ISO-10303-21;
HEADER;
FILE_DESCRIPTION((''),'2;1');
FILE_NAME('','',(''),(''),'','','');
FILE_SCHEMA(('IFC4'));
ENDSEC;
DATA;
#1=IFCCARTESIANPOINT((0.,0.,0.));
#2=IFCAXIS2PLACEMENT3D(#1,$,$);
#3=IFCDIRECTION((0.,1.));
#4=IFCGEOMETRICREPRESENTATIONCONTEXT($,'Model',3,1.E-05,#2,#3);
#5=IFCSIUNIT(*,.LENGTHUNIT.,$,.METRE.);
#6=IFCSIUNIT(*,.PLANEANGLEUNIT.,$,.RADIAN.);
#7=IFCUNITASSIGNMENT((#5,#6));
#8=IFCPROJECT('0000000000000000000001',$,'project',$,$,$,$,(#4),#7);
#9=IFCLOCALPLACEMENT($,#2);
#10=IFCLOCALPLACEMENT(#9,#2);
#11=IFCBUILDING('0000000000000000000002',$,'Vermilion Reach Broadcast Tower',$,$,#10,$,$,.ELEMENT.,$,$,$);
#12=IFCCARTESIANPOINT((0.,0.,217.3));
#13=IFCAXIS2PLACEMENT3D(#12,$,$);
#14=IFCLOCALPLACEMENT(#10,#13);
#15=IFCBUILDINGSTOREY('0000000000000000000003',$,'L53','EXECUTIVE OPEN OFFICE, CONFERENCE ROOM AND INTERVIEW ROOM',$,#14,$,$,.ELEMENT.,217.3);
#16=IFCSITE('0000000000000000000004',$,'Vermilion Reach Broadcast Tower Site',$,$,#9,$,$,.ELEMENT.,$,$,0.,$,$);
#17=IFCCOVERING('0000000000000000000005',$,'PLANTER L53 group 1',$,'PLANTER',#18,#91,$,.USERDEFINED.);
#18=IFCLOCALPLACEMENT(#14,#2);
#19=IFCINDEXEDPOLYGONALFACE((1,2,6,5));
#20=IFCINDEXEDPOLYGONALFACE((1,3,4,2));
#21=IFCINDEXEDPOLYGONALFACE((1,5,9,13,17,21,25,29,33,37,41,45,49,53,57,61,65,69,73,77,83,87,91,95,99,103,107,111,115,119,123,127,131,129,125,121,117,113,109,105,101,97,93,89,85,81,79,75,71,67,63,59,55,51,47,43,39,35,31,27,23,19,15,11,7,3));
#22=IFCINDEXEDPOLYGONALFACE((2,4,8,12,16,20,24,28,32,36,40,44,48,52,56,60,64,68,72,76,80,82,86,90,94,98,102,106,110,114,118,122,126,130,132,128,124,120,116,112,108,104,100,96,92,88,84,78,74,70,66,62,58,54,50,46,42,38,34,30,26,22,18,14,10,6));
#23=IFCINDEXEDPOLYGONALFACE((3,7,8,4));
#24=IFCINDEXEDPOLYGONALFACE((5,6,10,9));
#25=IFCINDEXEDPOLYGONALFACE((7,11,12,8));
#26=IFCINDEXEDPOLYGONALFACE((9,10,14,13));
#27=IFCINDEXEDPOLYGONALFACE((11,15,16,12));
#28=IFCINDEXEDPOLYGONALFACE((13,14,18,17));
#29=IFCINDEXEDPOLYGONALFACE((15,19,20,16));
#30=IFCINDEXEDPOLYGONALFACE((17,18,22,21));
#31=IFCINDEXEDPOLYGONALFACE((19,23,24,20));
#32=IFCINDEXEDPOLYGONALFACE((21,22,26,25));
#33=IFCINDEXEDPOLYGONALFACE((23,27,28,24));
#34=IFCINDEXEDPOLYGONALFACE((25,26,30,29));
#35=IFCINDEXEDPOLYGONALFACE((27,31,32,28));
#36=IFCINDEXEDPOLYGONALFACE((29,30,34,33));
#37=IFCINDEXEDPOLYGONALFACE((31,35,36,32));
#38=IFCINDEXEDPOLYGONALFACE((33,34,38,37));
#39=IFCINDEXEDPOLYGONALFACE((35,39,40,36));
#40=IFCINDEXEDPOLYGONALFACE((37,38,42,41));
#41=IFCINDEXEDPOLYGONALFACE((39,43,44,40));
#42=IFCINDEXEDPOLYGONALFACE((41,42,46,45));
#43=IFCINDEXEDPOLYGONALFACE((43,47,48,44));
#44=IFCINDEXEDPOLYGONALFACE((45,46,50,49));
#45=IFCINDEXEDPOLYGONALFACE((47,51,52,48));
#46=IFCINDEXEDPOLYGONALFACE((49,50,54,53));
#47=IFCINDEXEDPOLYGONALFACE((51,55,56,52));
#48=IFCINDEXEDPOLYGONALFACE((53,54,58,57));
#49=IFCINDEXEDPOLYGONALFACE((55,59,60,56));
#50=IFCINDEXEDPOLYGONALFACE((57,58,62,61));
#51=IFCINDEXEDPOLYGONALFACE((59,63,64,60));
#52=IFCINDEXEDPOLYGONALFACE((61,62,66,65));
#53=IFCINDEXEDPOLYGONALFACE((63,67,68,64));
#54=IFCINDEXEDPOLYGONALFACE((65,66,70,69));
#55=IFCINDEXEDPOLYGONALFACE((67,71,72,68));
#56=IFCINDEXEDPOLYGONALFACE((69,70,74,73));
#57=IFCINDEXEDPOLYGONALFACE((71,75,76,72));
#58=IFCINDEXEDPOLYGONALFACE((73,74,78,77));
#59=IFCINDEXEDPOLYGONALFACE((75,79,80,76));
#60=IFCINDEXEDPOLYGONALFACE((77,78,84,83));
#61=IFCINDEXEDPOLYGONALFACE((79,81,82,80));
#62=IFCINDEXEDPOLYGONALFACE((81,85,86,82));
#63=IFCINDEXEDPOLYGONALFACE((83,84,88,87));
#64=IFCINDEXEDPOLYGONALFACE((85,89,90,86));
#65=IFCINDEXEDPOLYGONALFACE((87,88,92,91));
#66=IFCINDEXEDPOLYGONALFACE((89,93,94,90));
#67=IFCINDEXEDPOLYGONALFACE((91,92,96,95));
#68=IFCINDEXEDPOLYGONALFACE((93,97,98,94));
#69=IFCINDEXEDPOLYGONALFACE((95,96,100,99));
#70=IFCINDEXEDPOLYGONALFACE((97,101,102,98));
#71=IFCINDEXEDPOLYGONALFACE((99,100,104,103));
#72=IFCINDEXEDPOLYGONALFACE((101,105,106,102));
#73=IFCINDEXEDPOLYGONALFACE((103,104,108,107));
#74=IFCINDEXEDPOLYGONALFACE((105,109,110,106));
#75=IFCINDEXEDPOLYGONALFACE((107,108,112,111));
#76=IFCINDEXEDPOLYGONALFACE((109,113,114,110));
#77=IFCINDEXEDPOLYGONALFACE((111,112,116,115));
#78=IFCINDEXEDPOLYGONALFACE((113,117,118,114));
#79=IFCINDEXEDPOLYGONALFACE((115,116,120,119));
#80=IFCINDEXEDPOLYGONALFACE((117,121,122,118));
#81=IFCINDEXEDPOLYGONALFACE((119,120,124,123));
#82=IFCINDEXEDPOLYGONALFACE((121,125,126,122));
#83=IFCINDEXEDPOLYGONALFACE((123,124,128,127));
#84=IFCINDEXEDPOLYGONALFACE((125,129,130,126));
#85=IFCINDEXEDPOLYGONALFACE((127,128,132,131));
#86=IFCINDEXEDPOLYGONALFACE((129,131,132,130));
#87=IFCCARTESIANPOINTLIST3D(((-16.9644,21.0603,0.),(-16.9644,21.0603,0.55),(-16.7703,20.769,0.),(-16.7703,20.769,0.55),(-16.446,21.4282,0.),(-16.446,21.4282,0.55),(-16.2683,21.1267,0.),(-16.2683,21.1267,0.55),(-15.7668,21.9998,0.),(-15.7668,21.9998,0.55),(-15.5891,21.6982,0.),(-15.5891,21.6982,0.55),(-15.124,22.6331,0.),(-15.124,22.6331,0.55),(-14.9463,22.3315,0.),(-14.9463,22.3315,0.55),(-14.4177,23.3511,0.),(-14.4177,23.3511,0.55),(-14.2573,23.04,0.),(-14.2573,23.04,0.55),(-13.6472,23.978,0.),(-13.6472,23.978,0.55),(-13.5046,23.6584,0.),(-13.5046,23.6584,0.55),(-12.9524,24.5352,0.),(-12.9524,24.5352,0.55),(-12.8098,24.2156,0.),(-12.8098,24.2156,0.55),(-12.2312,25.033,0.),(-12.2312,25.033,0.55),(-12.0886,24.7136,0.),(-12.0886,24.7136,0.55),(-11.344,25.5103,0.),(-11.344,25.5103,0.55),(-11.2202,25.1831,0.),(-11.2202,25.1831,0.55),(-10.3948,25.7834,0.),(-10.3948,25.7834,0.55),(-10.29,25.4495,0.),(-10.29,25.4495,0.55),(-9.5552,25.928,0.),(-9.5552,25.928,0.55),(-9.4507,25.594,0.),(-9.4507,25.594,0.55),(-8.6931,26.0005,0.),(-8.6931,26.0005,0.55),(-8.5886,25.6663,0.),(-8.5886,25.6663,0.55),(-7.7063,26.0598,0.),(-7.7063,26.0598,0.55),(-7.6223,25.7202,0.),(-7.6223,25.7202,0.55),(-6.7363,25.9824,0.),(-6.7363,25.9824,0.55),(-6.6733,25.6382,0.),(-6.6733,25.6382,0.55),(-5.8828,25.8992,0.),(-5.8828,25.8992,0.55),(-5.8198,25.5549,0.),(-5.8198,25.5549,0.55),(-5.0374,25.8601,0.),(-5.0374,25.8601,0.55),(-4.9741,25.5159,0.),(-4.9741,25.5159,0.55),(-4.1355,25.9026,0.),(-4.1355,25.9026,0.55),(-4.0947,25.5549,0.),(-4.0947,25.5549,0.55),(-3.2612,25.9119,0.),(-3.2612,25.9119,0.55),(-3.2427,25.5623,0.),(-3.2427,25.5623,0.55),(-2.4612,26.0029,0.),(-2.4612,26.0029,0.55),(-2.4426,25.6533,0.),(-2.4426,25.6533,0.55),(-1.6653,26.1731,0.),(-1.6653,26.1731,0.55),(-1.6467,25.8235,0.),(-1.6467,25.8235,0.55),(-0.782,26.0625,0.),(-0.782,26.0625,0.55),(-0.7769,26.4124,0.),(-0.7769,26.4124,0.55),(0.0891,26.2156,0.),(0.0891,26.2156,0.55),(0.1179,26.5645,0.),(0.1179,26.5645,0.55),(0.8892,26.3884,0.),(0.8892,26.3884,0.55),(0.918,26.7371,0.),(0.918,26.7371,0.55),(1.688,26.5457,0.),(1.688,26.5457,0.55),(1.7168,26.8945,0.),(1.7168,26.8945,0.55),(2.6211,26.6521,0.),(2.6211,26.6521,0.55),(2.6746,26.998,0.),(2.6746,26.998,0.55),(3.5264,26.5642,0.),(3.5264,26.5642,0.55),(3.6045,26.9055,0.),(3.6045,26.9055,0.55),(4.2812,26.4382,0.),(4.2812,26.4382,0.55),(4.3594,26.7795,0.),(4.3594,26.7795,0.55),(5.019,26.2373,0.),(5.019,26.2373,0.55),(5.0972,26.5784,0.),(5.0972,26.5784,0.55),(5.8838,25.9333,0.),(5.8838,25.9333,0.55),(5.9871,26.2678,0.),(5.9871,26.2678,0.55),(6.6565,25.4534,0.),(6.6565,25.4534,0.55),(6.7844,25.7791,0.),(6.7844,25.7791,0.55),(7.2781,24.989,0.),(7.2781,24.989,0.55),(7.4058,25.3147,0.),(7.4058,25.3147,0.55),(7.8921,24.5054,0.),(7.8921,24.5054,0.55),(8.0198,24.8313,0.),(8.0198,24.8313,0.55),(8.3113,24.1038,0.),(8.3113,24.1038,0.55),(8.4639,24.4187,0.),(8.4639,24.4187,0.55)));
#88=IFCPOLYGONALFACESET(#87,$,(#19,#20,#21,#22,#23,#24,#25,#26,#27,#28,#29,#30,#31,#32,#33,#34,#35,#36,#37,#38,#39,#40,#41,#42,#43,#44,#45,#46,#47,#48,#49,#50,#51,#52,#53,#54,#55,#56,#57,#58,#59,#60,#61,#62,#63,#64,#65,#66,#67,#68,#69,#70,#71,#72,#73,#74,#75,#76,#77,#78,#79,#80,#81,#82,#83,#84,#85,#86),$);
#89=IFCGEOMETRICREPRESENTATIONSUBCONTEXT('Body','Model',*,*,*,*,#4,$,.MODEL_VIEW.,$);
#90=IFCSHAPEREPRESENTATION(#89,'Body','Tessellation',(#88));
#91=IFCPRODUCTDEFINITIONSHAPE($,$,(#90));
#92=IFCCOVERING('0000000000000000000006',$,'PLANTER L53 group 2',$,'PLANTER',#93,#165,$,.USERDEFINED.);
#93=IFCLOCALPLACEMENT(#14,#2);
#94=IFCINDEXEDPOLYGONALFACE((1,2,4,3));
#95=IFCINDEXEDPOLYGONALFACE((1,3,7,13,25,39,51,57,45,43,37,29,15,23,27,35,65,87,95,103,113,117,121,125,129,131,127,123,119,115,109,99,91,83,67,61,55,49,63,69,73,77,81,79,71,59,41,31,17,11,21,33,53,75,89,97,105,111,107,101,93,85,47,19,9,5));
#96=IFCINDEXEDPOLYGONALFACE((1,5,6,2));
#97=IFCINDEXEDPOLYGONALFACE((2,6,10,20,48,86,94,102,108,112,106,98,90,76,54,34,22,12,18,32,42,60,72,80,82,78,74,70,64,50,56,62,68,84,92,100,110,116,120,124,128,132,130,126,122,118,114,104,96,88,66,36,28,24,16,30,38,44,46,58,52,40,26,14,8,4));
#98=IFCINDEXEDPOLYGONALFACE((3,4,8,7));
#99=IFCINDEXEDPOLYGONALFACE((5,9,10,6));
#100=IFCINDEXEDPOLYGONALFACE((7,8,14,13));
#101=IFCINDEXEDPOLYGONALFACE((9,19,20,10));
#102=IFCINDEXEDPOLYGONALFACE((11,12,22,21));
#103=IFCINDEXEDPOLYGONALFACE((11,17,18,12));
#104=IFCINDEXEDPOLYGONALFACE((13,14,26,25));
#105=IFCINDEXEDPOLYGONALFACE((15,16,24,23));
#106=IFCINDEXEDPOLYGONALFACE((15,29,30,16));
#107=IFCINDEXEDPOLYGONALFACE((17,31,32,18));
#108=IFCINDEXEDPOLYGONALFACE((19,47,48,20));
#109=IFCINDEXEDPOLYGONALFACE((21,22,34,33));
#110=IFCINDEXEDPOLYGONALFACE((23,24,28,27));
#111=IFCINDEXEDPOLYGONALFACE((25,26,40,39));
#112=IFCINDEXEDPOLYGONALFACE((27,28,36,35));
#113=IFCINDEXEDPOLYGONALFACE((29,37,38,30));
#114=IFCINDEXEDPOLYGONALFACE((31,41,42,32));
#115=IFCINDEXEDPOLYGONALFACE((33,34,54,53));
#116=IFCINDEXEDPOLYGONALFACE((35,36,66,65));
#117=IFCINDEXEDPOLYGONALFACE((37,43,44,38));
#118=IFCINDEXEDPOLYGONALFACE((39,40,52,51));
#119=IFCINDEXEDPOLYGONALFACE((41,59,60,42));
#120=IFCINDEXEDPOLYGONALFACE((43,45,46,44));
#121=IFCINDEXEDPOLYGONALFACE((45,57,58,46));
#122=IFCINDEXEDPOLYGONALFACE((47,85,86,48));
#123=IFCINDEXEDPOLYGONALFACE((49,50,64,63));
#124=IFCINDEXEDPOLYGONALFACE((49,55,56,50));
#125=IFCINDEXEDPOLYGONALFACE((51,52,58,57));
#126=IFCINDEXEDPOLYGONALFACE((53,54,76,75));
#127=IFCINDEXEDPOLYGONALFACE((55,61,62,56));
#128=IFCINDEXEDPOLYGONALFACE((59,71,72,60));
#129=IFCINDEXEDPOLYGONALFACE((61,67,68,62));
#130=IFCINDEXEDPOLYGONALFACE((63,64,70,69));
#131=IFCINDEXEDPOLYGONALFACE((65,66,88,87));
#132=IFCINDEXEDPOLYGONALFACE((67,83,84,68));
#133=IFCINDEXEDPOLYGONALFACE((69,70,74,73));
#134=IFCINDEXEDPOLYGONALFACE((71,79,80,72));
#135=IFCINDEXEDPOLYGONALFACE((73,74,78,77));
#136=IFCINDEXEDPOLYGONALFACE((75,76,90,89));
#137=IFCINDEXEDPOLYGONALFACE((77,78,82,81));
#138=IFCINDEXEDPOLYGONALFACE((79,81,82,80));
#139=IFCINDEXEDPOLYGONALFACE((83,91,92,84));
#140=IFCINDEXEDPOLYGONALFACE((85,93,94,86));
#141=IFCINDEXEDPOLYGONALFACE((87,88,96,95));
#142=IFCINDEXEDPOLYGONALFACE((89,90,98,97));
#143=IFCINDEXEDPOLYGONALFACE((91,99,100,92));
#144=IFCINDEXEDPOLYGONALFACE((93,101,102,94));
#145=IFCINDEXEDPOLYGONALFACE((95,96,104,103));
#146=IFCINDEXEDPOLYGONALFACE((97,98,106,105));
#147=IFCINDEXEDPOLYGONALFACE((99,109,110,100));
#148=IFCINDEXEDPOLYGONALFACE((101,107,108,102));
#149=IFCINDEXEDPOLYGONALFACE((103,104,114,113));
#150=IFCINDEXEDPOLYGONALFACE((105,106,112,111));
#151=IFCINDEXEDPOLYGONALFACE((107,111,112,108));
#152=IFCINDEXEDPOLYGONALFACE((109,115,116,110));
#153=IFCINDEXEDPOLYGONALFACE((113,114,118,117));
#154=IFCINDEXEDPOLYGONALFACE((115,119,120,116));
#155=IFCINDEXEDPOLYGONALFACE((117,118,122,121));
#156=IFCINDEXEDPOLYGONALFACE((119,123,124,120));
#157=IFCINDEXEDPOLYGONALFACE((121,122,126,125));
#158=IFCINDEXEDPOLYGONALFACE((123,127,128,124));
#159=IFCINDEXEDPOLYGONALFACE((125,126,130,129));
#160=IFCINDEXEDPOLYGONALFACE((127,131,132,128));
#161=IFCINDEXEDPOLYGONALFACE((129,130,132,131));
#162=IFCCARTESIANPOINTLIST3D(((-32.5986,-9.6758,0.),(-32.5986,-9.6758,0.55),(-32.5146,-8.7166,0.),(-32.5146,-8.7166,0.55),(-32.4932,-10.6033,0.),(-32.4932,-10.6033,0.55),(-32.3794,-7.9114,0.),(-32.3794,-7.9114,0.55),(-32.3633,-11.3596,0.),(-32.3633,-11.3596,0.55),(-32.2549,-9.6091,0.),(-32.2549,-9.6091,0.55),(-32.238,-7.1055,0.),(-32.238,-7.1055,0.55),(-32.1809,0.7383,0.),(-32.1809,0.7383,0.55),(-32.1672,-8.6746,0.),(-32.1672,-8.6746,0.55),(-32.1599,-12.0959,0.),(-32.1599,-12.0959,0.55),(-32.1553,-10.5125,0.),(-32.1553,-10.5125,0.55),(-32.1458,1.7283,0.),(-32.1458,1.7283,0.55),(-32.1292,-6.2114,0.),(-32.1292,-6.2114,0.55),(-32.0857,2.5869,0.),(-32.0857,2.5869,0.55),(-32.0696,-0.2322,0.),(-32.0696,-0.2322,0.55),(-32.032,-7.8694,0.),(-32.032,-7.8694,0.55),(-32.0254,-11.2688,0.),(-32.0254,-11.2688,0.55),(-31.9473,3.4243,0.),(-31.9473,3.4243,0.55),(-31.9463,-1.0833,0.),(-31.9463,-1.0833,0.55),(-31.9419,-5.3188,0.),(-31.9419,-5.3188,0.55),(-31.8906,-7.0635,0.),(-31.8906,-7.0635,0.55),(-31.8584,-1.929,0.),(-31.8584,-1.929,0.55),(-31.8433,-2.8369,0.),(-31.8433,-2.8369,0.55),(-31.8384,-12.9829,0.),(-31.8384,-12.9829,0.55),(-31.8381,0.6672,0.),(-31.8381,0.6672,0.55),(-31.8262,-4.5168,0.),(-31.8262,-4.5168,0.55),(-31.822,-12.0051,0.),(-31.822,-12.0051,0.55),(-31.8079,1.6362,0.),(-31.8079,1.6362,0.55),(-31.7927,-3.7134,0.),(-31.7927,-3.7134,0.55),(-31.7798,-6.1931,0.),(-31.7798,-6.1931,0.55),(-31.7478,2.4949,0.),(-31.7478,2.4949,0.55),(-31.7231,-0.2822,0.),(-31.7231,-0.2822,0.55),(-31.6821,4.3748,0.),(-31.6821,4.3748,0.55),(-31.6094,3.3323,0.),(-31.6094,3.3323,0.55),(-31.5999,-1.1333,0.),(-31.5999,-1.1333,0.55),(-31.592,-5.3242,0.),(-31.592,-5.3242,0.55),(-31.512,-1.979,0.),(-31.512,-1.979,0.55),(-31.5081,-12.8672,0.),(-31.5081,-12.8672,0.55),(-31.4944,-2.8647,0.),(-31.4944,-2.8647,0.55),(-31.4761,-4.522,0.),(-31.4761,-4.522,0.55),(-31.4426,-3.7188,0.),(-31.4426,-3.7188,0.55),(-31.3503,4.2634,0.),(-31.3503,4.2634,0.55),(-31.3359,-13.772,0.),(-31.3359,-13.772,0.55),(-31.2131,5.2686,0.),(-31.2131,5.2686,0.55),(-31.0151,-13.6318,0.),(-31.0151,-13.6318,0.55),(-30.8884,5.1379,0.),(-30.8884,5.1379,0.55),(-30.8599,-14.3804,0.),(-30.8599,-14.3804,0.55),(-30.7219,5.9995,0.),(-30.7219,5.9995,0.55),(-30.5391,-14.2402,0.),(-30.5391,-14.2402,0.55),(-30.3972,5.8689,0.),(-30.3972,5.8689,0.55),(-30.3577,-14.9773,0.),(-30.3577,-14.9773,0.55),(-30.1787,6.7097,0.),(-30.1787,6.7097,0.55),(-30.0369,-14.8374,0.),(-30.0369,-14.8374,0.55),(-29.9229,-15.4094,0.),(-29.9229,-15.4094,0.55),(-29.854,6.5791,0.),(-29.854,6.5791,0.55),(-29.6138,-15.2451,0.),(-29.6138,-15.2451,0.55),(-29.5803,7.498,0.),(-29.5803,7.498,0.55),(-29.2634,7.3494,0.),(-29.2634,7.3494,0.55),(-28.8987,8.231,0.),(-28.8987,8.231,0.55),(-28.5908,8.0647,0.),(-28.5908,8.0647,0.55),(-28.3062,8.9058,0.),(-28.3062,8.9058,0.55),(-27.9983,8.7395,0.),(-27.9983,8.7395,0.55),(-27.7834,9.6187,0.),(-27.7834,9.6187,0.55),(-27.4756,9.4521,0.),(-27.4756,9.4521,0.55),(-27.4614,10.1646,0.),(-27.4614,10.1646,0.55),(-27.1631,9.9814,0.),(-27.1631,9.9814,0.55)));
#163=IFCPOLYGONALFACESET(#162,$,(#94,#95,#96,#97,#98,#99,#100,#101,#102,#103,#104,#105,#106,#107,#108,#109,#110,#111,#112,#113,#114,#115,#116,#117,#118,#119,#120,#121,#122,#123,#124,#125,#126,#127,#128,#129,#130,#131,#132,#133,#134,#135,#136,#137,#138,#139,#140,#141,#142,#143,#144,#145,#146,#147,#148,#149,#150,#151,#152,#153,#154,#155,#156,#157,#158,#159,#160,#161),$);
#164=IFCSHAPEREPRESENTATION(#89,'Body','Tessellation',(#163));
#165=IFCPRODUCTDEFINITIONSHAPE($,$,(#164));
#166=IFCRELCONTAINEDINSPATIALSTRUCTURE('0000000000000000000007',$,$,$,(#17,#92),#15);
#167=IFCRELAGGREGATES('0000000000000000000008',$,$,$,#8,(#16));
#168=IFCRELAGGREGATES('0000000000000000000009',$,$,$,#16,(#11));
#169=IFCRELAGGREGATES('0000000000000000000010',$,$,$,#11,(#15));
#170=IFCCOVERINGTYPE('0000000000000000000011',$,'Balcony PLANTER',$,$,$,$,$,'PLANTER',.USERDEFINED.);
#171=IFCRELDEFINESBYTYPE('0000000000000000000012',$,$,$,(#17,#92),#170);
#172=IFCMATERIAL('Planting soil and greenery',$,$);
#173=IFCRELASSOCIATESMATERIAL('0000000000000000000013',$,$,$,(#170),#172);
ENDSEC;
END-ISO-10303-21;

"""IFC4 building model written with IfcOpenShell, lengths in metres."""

from ifc_helpers import new_model, si_unit, direction, frame, origin, place, context, subcontext, project, spatial, polyline, outline, extrude, material, type_object, element, save


model = new_model("IFC4")

# Units and contexts
model_context = context("Model", 3, precision=1e-05, world=origin(), true_north=direction((0.0, 1.0)))
body_context = subcontext(model_context, "Body", "Model", "MODEL_VIEW")
ifc_project = project(units=[si_unit("LENGTHUNIT", "METRE"), si_unit("PLANEANGLEUNIT", "RADIAN")], contexts=[model_context])

# Site, building, storey
site_placement = place(None, origin())
site = spatial("IfcSite", under=ifc_project, at=site_placement, Name="Vermilion Reach Broadcast Tower Site", CompositionType="ELEMENT", RefElevation=0.0)
building_placement = place(site_placement, origin())
building = spatial("IfcBuilding", under=site, at=building_placement, Name="Vermilion Reach Broadcast Tower", CompositionType="ELEMENT")
storey_placement = place(building_placement, frame((0.0, 0.0, 217.3)))
storey = spatial("IfcBuildingStorey", under=building, at=storey_placement, Name="L53", Description="EXECUTIVE OPEN OFFICE, CONFERENCE ROOM AND INTERVIEW ROOM", CompositionType="ELEMENT", Elevation=217.3)

# Shared definitions
placement_1 = place(storey_placement, origin())

# Coverings
ifc_material_1 = material(Name="Planting soil and greenery")
covering_type = type_object("IfcCoveringType", Name="Balcony PLANTER", ElementType="PLANTER", PredefinedType="USERDEFINED", material=ifc_material_1)
element("IfcCovering", 1, at=placement_1, inside=storey, type_object=covering_type, Name="PLANTER L53 group 1", ObjectType="PLANTER", PredefinedType="USERDEFINED", context=body_context, shape_type="SweptSolid", body=[
    extrude(outline(polyline([(8.4639, 24.4187), (8.0198, 24.8313), (7.4058, 25.3147), (6.7844, 25.7791), (5.9871, 26.2678), (5.0972, 26.5784), (4.3594, 26.7795), (3.6045, 26.9055), (2.6746, 26.998), (1.7168, 26.8945), (0.918, 26.7371), (0.1179, 26.5645), (-0.7769, 26.4124), (-1.6653, 26.1731), (-2.4612, 26.0029), (-3.2612, 25.9119), (-4.1355, 25.9026), (-5.0374, 25.8601), (-5.8828, 25.8992), (-6.7363, 25.9824), (-7.7063, 26.0598), (-8.6931, 26.0005), (-9.5552, 25.928), (-10.3948, 25.7834), (-11.344, 25.5103), (-12.2312, 25.033), (-12.9524, 24.5352), (-13.6472, 23.978), (-14.4177, 23.3511), (-15.124, 22.6331), (-15.7668, 21.9998), (-16.446, 21.4282), (-16.9644, 21.0603), (-16.7703, 20.769), (-16.2683, 21.1267), (-15.5891, 21.6982), (-14.9463, 22.3315), (-14.2573, 23.04), (-13.5046, 23.6584), (-12.8098, 24.2156), (-12.0886, 24.7136), (-11.2202, 25.1831), (-10.29, 25.4495), (-9.4507, 25.594), (-8.5886, 25.6663), (-7.6223, 25.7202), (-6.6733, 25.6382), (-5.8198, 25.5549), (-4.9741, 25.5159), (-4.0947, 25.5549), (-3.2427, 25.5623), (-2.4426, 25.6533), (-1.6467, 25.8235), (-0.782, 26.0625), (0.0891, 26.2156), (0.8892, 26.3884), (1.688, 26.5457), (2.6211, 26.6521), (3.5264, 26.5642), (4.2812, 26.4382), (5.019, 26.2373), (5.8838, 25.9333), (6.6565, 25.4534), (7.2781, 24.989), (7.8921, 24.5054), (8.3113, 24.1038), (8.4639, 24.4187)])), origin(), (0.0, 0.0, 1.0), 0.55),
])
element("IfcCovering", 2, at=placement_1, inside=storey, type_object=covering_type, Name="PLANTER L53 group 2", ObjectType="PLANTER", PredefinedType="USERDEFINED", context=body_context, shape_type="SweptSolid", body=[
    extrude(outline(polyline([(-27.4614, 10.1646), (-27.7834, 9.6187), (-28.3062, 8.9058), (-28.8987, 8.231), (-29.5803, 7.498), (-30.1787, 6.7097), (-30.7219, 5.9995), (-31.2131, 5.2686), (-31.6821, 4.3748), (-31.9473, 3.4243), (-32.0857, 2.5869), (-32.1458, 1.7283), (-32.1809, 0.7383), (-32.0696, -0.2322), (-31.9463, -1.0833), (-31.8584, -1.929), (-31.8433, -2.8369), (-31.7927, -3.7134), (-31.8262, -4.5168), (-31.9419, -5.3188), (-32.1292, -6.2114), (-32.238, -7.1055), (-32.3794, -7.9114), (-32.5146, -8.7166), (-32.5986, -9.6758), (-32.4932, -10.6033), (-32.3633, -11.3596), (-32.1599, -12.0959), (-31.8384, -12.9829), (-31.3359, -13.772), (-30.8599, -14.3804), (-30.3577, -14.9773), (-29.9229, -15.4094), (-29.6138, -15.2451), (-30.0369, -14.8374), (-30.5391, -14.2402), (-31.0151, -13.6318), (-31.5081, -12.8672), (-31.822, -12.0051), (-32.0254, -11.2688), (-32.1553, -10.5125), (-32.2549, -9.6091), (-32.1672, -8.6746), (-32.032, -7.8694), (-31.8906, -7.0635), (-31.7798, -6.1931), (-31.592, -5.3242), (-31.4761, -4.522), (-31.4426, -3.7188), (-31.4944, -2.8647), (-31.512, -1.979), (-31.5999, -1.1333), (-31.7231, -0.2822), (-31.8381, 0.6672), (-31.8079, 1.6362), (-31.7478, 2.4949), (-31.6094, 3.3323), (-31.3503, 4.2634), (-30.8884, 5.1379), (-30.3972, 5.8689), (-29.854, 6.5791), (-29.2634, 7.3494), (-28.5908, 8.0647), (-27.9983, 8.7395), (-27.4756, 9.4521), (-27.1631, 9.9814), (-27.4614, 10.1646)])), origin(), (0.0, 0.0, 1.0), 0.55),
])

save(model, "model.ifc")
